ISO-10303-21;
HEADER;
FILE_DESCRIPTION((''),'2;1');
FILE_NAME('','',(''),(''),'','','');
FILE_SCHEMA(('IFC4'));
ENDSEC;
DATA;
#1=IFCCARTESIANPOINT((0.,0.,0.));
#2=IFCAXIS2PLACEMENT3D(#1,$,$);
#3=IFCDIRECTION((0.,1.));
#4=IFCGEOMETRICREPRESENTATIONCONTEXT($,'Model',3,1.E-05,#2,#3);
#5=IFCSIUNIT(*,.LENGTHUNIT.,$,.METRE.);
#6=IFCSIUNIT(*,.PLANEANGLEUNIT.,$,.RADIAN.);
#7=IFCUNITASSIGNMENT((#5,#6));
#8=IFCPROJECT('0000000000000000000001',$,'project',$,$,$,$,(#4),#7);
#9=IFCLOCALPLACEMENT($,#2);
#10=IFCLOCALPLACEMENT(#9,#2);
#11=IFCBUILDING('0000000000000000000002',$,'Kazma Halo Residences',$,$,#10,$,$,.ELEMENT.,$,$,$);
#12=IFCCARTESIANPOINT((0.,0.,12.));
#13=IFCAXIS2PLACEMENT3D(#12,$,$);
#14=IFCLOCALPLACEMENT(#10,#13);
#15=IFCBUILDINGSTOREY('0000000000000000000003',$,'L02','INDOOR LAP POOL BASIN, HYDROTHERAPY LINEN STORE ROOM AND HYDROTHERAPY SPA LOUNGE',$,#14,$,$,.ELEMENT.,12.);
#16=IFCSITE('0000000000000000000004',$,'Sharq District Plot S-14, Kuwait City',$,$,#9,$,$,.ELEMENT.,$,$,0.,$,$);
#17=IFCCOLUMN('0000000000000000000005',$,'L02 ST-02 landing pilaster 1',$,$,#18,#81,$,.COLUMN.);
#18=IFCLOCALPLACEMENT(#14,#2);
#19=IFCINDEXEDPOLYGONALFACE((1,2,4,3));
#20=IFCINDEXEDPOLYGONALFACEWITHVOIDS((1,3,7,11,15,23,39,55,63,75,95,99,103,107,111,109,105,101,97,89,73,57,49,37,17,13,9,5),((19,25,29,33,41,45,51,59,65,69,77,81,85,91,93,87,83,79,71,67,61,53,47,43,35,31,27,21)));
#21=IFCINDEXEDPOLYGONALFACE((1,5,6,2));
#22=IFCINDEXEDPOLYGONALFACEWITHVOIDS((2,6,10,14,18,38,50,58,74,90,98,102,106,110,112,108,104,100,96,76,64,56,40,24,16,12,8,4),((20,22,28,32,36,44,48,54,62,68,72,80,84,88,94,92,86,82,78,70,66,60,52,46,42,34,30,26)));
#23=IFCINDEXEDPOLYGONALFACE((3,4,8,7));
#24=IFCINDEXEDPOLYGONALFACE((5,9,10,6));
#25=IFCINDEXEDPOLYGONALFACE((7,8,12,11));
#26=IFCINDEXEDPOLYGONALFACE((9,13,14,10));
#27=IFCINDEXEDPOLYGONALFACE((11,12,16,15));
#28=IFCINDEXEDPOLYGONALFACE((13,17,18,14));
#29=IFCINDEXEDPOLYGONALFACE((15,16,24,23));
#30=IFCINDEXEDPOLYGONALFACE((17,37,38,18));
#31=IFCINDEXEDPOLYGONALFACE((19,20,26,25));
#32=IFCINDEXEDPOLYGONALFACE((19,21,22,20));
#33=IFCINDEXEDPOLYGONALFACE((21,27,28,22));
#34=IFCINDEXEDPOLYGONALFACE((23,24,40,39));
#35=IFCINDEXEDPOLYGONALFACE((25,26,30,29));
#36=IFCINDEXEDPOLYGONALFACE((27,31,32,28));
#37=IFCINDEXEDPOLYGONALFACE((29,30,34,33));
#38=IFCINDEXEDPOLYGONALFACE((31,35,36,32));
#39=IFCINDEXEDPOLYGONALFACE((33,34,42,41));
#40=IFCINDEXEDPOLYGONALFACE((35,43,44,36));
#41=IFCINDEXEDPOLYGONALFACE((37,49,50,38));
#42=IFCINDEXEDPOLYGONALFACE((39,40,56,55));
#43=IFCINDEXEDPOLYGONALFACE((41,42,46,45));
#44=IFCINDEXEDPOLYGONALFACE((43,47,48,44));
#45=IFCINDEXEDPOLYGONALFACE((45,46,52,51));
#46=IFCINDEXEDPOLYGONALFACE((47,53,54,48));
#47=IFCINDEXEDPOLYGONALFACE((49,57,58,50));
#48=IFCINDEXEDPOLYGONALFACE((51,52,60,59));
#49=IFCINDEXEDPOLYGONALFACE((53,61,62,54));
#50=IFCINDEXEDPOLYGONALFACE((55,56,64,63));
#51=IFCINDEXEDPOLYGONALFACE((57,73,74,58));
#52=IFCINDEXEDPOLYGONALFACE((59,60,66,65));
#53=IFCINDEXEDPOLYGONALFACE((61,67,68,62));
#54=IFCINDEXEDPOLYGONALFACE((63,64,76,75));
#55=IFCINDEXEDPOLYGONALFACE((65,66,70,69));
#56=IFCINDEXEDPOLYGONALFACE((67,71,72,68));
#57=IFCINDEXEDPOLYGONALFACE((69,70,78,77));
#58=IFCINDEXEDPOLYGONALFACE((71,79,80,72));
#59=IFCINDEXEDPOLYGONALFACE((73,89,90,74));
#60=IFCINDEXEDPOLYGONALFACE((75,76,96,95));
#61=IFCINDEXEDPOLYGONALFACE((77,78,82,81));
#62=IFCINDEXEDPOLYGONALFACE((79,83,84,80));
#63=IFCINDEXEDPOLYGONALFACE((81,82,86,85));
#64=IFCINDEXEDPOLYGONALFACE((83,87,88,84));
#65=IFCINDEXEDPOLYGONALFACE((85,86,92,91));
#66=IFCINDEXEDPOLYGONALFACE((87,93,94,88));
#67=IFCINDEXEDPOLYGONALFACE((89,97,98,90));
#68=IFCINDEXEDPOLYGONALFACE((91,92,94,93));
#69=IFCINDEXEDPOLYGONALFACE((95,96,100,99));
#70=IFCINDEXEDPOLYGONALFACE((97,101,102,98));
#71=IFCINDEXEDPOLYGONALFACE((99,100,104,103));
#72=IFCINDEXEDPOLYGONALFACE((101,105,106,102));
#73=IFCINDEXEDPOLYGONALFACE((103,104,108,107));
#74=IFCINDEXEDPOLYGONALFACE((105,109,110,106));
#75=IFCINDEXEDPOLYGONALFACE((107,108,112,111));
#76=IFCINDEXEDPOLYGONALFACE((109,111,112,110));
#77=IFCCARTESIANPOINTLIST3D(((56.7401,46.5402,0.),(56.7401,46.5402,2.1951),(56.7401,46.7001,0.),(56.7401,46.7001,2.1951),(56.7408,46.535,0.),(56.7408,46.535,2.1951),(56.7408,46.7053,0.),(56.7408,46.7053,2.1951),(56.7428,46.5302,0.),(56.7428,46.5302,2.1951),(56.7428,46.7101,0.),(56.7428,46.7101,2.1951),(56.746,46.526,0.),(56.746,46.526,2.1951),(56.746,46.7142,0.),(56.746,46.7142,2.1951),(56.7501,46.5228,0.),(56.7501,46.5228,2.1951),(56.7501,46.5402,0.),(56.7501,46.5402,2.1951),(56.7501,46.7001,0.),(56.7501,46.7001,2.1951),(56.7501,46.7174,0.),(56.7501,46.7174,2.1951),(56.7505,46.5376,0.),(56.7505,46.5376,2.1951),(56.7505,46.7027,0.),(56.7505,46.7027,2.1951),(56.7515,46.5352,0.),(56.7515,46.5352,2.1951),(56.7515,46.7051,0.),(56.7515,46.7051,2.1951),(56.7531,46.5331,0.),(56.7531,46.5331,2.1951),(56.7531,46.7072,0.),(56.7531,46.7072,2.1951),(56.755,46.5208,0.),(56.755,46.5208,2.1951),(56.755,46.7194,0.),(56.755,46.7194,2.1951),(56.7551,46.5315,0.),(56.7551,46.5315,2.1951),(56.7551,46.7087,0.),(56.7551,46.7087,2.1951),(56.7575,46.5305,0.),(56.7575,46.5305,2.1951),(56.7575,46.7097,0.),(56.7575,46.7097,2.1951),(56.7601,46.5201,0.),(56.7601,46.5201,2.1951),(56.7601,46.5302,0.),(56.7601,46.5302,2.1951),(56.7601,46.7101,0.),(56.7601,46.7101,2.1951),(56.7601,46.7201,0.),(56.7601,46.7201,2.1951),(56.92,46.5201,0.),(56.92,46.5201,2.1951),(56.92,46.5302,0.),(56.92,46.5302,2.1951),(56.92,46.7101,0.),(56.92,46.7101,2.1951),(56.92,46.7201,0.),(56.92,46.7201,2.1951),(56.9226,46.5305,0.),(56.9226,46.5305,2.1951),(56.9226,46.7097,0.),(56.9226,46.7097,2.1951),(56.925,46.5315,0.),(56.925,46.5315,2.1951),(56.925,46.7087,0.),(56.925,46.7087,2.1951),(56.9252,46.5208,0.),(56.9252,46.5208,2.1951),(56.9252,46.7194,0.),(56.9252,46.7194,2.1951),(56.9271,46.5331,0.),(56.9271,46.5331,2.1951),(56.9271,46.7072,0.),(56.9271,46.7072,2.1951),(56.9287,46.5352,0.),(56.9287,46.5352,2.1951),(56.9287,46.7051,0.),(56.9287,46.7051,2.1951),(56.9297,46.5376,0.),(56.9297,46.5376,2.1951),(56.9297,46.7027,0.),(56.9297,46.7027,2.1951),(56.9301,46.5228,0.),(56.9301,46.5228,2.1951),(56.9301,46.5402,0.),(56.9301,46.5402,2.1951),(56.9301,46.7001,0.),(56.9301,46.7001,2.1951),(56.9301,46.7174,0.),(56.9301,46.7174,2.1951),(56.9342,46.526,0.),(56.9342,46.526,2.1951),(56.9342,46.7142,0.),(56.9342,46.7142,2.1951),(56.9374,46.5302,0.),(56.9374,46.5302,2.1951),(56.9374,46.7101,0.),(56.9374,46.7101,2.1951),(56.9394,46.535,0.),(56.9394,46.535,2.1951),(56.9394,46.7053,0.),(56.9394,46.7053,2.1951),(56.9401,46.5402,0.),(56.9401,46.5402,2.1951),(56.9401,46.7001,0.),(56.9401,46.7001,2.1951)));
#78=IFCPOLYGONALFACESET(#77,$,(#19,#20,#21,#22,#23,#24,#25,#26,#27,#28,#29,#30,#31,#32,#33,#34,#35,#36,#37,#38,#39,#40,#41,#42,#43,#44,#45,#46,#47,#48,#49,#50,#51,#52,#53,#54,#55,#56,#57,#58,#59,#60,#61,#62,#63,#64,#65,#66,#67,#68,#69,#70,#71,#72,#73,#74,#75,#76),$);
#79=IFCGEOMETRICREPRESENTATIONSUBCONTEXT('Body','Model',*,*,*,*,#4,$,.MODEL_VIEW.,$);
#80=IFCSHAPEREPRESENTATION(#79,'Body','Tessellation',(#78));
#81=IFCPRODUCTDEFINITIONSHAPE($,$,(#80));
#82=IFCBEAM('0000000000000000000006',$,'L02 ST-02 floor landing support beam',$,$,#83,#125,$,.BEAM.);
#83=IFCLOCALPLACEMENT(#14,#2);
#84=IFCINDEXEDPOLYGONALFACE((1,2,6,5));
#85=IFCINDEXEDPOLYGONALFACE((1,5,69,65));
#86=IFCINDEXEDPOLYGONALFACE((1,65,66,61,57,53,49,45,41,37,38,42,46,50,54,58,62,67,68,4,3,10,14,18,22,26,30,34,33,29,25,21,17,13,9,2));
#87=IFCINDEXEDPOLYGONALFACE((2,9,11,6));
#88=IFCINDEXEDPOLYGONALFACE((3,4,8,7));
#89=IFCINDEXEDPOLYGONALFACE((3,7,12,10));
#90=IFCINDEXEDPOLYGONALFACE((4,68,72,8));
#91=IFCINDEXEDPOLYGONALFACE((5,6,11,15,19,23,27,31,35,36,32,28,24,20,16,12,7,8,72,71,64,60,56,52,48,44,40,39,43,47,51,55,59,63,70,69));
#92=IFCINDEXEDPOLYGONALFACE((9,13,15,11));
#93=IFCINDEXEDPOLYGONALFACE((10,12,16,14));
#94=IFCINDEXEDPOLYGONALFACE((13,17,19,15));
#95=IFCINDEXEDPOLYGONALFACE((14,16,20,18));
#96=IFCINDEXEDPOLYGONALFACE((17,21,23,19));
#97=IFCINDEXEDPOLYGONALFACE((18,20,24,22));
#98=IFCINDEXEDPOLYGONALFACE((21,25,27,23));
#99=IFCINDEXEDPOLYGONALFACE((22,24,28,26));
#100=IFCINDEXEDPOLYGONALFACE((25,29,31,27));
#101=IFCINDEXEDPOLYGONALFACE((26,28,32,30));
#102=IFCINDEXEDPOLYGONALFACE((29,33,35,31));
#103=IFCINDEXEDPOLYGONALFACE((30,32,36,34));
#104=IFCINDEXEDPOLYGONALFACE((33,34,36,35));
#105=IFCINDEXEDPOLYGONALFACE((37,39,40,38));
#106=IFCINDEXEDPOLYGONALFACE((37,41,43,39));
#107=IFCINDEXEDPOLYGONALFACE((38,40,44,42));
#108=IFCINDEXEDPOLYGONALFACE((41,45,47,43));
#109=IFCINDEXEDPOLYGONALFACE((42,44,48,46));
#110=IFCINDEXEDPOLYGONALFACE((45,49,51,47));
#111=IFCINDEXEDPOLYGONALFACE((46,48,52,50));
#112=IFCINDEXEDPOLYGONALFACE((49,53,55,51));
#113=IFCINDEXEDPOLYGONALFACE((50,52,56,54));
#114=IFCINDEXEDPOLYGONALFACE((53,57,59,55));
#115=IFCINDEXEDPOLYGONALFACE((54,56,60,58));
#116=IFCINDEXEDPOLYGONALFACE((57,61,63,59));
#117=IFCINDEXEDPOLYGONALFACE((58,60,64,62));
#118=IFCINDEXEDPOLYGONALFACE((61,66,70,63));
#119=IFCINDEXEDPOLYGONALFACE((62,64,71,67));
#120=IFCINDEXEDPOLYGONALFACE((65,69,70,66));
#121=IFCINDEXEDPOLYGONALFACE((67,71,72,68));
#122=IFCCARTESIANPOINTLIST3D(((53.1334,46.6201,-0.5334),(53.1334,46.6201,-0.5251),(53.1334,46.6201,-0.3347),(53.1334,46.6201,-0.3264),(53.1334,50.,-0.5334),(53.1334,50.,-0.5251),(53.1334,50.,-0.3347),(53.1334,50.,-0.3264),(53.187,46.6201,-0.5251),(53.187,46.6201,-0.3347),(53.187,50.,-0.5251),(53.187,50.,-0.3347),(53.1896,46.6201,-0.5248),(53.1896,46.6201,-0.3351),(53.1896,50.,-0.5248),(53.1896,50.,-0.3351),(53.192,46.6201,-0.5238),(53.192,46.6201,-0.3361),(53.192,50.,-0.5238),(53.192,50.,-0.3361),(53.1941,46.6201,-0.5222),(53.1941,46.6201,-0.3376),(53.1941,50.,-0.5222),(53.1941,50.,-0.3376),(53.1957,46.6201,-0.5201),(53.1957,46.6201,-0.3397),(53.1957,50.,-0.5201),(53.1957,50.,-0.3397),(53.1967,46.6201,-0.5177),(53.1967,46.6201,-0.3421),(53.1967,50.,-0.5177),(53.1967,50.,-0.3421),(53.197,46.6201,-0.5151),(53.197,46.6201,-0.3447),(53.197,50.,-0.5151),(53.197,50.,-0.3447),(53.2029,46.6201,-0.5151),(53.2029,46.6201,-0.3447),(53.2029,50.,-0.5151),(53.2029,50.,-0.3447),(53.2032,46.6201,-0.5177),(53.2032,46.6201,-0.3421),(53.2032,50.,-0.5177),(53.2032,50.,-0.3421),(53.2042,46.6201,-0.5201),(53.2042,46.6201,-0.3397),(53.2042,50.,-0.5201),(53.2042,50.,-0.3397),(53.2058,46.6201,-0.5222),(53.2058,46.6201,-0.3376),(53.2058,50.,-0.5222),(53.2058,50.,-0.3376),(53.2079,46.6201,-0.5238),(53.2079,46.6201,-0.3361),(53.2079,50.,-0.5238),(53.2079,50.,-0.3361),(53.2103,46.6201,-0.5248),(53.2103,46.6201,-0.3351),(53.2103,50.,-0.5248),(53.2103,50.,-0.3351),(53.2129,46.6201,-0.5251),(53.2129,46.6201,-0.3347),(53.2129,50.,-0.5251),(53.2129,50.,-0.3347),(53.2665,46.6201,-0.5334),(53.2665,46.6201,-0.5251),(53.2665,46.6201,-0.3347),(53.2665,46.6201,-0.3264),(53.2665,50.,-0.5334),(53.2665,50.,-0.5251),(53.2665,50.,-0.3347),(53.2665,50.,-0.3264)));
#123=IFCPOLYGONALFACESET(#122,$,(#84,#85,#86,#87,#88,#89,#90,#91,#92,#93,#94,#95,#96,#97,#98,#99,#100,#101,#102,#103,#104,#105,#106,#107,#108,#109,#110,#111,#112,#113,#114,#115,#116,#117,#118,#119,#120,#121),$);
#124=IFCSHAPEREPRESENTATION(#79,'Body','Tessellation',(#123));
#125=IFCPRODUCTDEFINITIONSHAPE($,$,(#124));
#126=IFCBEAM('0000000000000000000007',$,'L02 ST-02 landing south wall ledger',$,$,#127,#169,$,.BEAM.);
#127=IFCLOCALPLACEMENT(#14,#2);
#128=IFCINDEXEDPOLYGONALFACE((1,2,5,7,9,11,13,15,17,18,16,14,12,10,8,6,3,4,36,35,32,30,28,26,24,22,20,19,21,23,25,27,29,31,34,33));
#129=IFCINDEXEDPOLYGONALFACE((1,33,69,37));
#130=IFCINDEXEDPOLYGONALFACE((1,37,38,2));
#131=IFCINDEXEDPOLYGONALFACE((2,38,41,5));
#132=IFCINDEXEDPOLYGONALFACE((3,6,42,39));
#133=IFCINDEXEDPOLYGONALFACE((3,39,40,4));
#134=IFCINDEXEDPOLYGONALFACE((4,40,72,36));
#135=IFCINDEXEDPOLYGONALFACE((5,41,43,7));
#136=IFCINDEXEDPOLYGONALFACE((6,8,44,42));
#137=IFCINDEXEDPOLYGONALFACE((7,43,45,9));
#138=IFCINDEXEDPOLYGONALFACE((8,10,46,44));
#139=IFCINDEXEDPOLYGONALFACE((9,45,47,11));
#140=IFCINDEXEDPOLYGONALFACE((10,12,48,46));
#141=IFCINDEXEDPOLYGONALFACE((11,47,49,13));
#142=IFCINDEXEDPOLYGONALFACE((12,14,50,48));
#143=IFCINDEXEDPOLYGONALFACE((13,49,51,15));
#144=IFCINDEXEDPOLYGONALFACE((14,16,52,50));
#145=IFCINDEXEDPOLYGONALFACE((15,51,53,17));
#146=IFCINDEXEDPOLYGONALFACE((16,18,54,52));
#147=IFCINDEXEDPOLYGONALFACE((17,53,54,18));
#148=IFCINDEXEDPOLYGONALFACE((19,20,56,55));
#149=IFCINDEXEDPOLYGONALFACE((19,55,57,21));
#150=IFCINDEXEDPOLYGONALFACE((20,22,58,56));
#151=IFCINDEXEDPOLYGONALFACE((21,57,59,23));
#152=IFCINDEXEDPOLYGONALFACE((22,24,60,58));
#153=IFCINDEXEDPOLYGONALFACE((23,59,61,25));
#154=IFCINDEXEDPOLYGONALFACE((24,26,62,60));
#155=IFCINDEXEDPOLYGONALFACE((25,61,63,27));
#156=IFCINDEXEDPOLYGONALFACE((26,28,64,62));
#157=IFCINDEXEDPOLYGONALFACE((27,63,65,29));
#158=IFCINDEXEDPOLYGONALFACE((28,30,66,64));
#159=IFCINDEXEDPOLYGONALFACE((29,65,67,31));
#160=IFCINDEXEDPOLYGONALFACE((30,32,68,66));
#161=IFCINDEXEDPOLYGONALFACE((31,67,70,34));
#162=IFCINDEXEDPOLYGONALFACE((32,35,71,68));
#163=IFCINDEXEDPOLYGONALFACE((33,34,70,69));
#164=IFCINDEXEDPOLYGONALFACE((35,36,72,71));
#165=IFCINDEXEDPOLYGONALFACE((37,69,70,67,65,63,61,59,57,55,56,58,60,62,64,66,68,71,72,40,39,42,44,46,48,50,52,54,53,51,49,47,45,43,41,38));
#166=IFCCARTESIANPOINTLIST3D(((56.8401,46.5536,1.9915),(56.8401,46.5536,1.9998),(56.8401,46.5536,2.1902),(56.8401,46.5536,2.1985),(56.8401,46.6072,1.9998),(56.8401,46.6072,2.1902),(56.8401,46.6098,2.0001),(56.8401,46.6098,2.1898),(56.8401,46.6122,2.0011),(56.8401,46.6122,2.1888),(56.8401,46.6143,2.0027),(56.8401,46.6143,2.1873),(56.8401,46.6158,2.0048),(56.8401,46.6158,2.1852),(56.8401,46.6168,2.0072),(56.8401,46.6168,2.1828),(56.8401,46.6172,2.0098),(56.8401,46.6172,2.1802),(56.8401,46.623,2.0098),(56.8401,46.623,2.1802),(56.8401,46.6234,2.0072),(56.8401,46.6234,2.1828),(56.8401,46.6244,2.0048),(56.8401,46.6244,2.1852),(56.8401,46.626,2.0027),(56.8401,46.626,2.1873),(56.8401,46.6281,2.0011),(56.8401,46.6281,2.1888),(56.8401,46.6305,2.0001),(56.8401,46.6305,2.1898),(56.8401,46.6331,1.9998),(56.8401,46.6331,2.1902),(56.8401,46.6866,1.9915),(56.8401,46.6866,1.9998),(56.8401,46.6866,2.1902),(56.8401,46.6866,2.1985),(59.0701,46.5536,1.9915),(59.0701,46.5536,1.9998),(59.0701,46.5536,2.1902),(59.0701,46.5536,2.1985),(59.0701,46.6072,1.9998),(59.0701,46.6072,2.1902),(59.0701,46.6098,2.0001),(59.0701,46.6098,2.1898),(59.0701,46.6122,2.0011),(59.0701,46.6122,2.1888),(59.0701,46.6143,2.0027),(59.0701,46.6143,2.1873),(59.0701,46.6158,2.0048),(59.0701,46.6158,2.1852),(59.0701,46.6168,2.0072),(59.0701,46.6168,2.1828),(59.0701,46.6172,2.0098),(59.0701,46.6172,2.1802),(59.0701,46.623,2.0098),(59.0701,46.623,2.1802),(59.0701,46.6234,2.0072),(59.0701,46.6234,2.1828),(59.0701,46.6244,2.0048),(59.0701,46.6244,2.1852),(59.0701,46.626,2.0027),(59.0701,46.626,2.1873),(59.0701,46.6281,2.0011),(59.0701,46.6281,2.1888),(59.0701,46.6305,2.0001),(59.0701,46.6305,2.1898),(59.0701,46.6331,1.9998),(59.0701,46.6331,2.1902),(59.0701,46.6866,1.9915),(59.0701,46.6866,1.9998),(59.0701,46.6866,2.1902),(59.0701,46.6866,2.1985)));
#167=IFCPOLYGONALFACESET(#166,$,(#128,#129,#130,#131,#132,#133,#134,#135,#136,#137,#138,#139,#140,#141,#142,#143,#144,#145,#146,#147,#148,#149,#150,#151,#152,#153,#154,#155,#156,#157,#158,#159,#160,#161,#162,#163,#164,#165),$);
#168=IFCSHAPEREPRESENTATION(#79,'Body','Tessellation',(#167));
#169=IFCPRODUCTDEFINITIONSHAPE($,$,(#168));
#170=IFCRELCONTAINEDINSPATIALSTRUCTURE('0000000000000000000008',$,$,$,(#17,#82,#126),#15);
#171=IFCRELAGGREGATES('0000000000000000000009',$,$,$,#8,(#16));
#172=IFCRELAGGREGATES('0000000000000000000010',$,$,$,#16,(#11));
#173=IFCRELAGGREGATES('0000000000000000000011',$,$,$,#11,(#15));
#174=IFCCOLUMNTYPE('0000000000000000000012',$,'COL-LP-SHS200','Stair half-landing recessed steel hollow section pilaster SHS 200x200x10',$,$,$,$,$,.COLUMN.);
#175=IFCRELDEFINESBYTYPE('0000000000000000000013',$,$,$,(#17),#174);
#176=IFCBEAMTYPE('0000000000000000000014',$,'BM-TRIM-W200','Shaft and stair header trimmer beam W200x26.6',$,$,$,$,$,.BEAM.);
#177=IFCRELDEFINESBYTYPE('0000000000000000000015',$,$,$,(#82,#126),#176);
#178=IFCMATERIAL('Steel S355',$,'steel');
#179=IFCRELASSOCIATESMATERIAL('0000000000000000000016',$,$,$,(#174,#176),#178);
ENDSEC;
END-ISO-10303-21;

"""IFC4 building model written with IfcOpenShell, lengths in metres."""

from ifc_helpers import new_model, si_unit, direction, frame, origin, origin_2d, place, context, subcontext, project, spatial, hollow_rectangle, i_section, extrude, material, material_profile, profile_set, type_object, element, save


model = new_model("IFC4")

# Units and contexts
model_context = context("Model", 3, precision=1e-05, world=origin(), true_north=direction((0.0, 1.0)))
body_context = subcontext(model_context, "Body", "Model", "MODEL_VIEW")
ifc_project = project(units=[si_unit("LENGTHUNIT", "METRE"), si_unit("PLANEANGLEUNIT", "RADIAN")], contexts=[model_context])

# Site, building, storey
site_placement = place(None, origin())
site = spatial("IfcSite", under=ifc_project, at=site_placement, Name="Sharq District Plot S-14, Kuwait City", CompositionType="ELEMENT", RefElevation=0.0)
building_placement = place(site_placement, origin())
building = spatial("IfcBuilding", under=site, at=building_placement, Name="Kazma Halo Residences", CompositionType="ELEMENT")
storey_placement = place(building_placement, frame((0.0, 0.0, 12.0)))
storey = spatial("IfcBuildingStorey", under=building, at=storey_placement, Name="L02", Description="INDOOR LAP POOL BASIN, HYDROTHERAPY LINEN STORE ROOM AND HYDROTHERAPY SPA LOUNGE", CompositionType="ELEMENT", Elevation=12.0)

# Column
ifc_material_1 = material(Name="Steel S355", Category="steel")
ifc_material_profile_1 = material_profile(ifc_material_1, hollow_rectangle(XDim=0.2, YDim=0.2, WallThickness=0.01, InnerFilletRadius=0.01, OuterFilletRadius=0.02, at=origin_2d()), Name="SHS200x200x10")
ifc_profile_set_1 = profile_set([ifc_material_profile_1], Name="Steel S355")
column_type = type_object("IfcColumnType", Name="COL-LP-SHS200", Description="Stair half-landing recessed steel hollow section pilaster SHS 200x200x10", PredefinedType="COLUMN", material=ifc_profile_set_1)
column_placement = place(storey_placement, frame((56.8401, 46.6201, 0.0), z_axis=(0.0, 0.0, 1.0), x_axis=(1.0, 0.0, 0.0)))
element("IfcColumn", 1, at=column_placement, inside=storey, type_object=column_type, Name="L02 ST-02 landing pilaster 1", PredefinedType="COLUMN", context=body_context, shape_type="SweptSolid", body=[
    extrude(hollow_rectangle(XDim=0.2, YDim=0.2, WallThickness=0.01, InnerFilletRadius=0.01, OuterFilletRadius=0.02, at=origin_2d()), origin(), (0.0, 0.0, 1.0), 2.1951),
])

# Beams
ifc_material_profile_2 = material_profile(ifc_material_1, i_section(OverallWidth=0.1331, OverallDepth=0.207, WebThickness=0.0059, FlangeThickness=0.0083, FilletRadius=0.01, at=origin_2d()), Name="W200x26.6")
ifc_profile_set_2 = profile_set([ifc_material_profile_2], Name="Steel S355")
beam_type = type_object("IfcBeamType", Name="BM-TRIM-W200", Description="Shaft and stair header trimmer beam W200x26.6", PredefinedType="BEAM", material=ifc_profile_set_2)
beam_1_placement = place(storey_placement, frame((53.2, 46.6201, -0.4299), z_axis=(0.0, 1.0, 0.0), x_axis=(-1.0, 0.0, 0.0)))
element("IfcBeam", 2, at=beam_1_placement, inside=storey, type_object=beam_type, Name="L02 ST-02 floor landing support beam", PredefinedType="BEAM", context=body_context, shape_type="SweptSolid", body=[
    extrude(i_section(OverallWidth=0.1331, OverallDepth=0.207, WebThickness=0.0059, FlangeThickness=0.0083, FilletRadius=0.01, at=origin_2d()), origin(), (0.0, 0.0, 1.0), 3.3799),
])
beam_2_placement = place(storey_placement, frame((56.8401, 46.6201, 2.095), z_axis=(1.0, 0.0, 0.0), x_axis=(0.0, 1.0, 0.0)))
element("IfcBeam", 3, at=beam_2_placement, inside=storey, type_object=beam_type, Name="L02 ST-02 landing south wall ledger", PredefinedType="BEAM", context=body_context, shape_type="SweptSolid", body=[
    extrude(i_section(OverallWidth=0.1331, OverallDepth=0.207, WebThickness=0.0059, FlangeThickness=0.0083, FilletRadius=0.01, at=origin_2d()), origin(), (0.0, 0.0, 1.0), 2.23),
])

save(model, "model.ifc")
